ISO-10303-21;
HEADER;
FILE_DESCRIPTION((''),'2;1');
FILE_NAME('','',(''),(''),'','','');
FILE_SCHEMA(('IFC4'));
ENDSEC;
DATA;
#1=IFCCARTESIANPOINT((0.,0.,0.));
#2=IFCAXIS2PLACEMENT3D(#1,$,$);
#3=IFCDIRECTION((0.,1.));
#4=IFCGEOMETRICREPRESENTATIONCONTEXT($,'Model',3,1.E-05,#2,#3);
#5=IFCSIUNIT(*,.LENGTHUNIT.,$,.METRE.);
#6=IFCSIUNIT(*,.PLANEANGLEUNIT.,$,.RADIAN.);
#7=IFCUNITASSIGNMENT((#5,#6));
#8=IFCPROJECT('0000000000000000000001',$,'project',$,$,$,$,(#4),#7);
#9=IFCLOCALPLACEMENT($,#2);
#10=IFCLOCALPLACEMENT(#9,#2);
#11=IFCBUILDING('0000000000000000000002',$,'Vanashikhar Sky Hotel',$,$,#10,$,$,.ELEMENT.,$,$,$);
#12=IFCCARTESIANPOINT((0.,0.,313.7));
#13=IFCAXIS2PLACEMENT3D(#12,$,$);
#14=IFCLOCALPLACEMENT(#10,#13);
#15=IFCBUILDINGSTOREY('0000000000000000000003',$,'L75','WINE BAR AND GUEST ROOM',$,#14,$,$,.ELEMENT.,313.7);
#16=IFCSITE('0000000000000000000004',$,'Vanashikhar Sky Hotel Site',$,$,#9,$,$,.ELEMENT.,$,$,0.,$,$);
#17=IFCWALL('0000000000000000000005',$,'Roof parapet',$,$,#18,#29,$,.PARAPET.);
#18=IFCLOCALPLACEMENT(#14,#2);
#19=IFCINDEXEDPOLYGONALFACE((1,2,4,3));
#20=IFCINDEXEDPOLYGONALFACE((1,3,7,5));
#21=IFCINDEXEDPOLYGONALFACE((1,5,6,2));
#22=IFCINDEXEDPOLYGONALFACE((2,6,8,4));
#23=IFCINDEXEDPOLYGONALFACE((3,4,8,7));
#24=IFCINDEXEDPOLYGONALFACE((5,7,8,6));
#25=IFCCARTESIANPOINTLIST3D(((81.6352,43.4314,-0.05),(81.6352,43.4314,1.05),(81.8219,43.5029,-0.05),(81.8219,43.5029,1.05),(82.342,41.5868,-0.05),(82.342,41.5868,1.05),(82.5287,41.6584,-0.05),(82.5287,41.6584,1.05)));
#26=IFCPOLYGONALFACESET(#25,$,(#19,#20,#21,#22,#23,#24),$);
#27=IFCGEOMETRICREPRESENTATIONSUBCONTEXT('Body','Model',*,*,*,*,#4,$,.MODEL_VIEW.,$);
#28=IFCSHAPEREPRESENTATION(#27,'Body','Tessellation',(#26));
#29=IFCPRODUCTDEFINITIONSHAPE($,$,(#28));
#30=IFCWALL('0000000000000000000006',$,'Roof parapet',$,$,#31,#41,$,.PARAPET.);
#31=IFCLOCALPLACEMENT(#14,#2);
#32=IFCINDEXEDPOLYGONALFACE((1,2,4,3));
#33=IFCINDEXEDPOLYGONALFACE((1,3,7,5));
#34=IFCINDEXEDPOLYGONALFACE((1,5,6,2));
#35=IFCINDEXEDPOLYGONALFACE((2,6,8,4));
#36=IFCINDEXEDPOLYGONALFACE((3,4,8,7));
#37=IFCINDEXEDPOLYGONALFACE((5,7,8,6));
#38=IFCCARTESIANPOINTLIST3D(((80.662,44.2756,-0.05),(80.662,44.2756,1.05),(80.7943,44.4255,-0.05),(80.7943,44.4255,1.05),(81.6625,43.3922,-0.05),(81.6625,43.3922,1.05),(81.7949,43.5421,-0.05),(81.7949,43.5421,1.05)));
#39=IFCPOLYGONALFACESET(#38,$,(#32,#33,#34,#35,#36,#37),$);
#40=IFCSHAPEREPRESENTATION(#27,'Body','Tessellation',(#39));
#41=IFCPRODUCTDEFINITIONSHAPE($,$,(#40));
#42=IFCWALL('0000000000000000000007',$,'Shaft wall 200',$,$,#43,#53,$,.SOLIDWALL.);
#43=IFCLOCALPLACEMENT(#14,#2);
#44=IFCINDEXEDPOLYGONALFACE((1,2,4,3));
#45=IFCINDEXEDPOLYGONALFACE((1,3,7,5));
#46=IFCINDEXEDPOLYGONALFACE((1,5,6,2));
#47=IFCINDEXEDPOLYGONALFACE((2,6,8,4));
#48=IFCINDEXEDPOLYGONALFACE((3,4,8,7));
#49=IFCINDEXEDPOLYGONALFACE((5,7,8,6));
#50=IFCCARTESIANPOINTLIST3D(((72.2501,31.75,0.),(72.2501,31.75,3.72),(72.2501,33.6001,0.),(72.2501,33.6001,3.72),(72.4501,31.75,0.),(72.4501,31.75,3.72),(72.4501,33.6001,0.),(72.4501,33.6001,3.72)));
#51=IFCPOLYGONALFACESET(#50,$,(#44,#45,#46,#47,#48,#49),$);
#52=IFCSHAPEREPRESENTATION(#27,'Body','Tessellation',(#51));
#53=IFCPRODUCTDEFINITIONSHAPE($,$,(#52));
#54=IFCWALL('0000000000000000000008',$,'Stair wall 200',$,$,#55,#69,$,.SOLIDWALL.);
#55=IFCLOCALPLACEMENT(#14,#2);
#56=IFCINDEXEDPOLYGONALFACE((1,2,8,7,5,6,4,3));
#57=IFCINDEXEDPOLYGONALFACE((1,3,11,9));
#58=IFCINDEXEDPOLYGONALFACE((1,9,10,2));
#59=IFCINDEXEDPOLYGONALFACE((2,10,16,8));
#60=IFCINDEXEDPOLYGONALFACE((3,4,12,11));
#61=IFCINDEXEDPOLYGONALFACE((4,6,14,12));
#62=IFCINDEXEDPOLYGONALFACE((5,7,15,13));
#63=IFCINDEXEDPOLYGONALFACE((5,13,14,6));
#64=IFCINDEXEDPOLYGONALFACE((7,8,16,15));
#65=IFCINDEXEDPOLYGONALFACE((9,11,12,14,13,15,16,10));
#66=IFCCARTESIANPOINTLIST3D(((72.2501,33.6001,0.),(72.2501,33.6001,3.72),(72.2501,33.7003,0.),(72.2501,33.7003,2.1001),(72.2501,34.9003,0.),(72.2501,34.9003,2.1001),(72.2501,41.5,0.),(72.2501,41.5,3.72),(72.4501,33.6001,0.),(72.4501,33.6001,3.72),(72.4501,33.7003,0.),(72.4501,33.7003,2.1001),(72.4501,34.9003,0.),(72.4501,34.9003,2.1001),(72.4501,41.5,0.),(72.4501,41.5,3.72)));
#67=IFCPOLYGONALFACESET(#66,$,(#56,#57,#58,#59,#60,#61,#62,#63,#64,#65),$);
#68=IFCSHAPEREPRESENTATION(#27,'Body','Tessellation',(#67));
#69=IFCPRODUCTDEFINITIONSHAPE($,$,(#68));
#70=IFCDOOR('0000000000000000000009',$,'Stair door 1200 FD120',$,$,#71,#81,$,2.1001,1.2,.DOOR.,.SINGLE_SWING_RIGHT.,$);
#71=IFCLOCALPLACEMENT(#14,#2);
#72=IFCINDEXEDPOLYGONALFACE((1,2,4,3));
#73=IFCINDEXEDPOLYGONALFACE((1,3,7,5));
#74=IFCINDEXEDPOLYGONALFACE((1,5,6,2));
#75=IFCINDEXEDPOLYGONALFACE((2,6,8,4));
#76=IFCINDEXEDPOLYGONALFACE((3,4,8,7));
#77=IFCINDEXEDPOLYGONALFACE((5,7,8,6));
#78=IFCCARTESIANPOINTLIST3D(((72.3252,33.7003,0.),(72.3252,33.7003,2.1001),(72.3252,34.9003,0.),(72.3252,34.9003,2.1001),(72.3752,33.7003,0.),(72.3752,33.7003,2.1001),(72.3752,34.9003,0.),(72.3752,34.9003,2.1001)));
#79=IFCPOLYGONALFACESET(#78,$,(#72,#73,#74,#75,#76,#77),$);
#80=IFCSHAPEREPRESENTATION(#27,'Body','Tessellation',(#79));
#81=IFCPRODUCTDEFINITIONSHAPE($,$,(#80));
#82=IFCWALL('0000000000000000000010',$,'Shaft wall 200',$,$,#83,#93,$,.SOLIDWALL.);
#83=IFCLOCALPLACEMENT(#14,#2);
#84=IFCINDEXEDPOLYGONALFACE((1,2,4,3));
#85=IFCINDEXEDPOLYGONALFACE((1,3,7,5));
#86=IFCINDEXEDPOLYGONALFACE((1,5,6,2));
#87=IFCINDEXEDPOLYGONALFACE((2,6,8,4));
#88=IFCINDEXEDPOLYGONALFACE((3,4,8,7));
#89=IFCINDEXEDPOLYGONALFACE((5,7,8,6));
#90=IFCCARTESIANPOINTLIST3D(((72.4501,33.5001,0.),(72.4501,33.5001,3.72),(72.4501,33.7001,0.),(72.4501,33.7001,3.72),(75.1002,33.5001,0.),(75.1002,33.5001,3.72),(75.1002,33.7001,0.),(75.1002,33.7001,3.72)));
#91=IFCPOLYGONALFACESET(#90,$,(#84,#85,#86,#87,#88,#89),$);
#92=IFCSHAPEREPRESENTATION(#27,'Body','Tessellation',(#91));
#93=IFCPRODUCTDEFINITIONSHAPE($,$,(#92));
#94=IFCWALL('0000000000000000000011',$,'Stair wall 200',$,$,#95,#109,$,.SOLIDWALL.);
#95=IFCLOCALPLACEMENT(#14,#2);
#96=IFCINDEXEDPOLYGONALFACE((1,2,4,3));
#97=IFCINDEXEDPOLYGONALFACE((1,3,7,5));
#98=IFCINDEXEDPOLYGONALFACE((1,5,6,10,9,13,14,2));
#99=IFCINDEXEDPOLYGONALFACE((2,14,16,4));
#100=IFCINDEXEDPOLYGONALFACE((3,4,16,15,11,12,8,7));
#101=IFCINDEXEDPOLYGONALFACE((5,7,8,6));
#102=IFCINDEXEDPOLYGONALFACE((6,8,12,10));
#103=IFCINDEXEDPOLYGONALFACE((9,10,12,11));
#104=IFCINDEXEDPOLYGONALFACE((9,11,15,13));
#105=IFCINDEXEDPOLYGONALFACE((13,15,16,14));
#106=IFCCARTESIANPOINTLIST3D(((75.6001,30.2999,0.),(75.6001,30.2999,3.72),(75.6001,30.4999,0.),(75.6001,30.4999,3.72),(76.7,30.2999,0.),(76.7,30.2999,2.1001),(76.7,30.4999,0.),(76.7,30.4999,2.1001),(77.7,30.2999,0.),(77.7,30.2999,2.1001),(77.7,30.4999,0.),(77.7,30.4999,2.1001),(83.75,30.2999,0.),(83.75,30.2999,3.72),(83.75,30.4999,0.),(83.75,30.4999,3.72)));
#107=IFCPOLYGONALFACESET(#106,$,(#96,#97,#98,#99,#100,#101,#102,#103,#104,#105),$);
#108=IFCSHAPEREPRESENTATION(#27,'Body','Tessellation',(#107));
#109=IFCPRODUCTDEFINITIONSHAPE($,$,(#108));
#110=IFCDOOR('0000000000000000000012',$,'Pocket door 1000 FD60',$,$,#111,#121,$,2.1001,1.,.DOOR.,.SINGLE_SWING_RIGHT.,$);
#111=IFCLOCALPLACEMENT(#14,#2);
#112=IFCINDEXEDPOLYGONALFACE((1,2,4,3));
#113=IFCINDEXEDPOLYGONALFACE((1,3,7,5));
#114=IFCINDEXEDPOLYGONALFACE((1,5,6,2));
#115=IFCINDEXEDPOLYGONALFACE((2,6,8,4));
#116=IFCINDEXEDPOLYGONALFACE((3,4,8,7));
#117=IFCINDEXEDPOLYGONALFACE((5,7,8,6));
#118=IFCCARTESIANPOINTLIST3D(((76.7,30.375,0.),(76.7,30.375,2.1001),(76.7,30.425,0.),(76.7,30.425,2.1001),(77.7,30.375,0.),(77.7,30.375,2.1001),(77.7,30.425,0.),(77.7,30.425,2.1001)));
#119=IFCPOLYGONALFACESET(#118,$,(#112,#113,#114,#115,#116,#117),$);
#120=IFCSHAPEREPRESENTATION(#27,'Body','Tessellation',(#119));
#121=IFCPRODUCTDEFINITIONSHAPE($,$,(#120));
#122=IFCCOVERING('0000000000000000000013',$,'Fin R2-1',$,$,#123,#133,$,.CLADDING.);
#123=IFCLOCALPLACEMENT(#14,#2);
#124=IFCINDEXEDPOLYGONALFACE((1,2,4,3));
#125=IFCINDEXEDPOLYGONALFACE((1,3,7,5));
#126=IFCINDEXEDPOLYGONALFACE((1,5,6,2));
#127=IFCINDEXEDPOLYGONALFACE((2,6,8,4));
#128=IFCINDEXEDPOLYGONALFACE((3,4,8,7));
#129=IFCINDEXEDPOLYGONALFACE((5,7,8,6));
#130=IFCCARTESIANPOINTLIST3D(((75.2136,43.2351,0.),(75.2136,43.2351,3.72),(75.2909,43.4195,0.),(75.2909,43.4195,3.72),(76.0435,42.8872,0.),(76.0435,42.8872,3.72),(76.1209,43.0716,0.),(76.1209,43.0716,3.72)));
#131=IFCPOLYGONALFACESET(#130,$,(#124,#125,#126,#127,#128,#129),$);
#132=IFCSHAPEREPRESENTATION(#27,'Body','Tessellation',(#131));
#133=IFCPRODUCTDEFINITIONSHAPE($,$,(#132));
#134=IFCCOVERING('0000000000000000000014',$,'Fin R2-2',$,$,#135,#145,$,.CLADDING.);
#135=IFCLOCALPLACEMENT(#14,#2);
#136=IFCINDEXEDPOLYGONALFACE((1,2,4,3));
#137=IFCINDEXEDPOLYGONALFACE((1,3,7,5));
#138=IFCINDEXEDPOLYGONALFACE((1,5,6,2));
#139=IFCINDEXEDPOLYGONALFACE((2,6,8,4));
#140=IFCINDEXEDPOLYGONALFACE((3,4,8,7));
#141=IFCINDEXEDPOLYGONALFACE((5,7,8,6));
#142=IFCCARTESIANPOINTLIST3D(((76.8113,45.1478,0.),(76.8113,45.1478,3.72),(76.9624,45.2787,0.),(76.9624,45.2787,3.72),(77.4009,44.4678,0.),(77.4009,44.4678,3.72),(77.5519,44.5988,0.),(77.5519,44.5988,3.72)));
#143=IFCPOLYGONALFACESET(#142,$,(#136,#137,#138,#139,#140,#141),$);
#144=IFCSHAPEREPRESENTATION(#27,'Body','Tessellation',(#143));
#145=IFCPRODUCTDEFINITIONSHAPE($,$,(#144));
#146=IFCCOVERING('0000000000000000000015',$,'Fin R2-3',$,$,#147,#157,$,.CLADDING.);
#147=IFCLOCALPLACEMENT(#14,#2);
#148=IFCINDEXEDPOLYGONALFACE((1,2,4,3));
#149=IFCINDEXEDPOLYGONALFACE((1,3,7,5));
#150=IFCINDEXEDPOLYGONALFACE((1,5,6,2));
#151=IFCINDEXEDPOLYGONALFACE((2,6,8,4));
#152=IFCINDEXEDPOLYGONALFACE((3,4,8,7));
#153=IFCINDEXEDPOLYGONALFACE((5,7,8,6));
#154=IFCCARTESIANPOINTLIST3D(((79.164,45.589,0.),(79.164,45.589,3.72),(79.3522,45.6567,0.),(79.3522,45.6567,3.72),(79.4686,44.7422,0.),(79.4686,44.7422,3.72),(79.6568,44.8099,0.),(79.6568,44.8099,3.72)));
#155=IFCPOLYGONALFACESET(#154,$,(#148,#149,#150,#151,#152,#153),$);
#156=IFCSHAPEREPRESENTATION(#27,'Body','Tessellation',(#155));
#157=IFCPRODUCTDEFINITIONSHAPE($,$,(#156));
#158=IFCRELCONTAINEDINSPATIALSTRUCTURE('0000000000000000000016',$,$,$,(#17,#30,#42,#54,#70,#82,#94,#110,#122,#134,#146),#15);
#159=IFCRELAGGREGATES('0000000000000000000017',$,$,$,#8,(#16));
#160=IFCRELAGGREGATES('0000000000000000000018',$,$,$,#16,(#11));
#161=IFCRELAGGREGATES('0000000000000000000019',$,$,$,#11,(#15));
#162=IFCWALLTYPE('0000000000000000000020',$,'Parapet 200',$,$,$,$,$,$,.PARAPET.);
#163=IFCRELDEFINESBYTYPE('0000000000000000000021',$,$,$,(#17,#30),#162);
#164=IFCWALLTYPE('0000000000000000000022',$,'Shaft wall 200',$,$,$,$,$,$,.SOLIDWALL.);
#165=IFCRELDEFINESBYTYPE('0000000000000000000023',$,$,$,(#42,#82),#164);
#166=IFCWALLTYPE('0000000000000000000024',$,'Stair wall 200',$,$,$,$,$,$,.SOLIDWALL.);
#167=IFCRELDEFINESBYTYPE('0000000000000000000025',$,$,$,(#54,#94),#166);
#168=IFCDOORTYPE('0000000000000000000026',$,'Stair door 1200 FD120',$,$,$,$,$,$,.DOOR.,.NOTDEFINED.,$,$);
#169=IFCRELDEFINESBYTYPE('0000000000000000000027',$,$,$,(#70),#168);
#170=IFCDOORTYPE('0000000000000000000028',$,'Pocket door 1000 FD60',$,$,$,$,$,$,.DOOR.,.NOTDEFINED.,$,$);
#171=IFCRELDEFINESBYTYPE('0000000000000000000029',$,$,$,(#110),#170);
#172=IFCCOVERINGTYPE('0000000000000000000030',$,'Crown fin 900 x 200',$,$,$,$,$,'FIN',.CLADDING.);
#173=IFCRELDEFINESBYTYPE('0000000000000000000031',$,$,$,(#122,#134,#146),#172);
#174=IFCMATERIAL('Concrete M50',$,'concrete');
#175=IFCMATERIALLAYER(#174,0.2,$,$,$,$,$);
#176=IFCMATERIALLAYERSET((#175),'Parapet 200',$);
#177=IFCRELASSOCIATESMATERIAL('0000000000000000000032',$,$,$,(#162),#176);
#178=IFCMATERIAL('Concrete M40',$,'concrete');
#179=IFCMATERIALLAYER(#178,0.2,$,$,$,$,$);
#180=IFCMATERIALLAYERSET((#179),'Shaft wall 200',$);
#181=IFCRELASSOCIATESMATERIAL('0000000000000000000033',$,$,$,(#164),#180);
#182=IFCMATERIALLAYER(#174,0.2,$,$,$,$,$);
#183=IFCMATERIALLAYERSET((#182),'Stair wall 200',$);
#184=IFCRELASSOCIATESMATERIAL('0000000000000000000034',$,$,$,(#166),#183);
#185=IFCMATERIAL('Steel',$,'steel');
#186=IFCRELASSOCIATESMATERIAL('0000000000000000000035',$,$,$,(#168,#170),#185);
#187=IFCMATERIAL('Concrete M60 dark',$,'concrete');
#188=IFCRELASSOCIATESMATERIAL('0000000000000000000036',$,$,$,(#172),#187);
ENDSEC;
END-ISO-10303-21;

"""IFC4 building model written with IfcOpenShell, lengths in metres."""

from ifc_helpers import new_model, si_unit, direction, frame, frame_2d, origin, origin_2d, place, context, subcontext, project, spatial, rectangle, extrude, source, transform, mapped, material, layer, layer_set, material_profile, profile_set, type_object, element, fill, save


model = new_model("IFC4")

# Units and contexts
model_context = context("Model", 3, precision=1e-05, world=origin(), true_north=direction((0.0, 1.0)))
body_context = subcontext(model_context, "Body", "Model", "MODEL_VIEW")
ifc_project = project(units=[si_unit("LENGTHUNIT", "METRE"), si_unit("PLANEANGLEUNIT", "RADIAN")], contexts=[model_context])

# Site, building, storey
site_placement = place(None, origin())
site = spatial("IfcSite", under=ifc_project, at=site_placement, Name="Vanashikhar Sky Hotel Site", CompositionType="ELEMENT", RefElevation=0.0)
building_placement = place(site_placement, origin())
building = spatial("IfcBuilding", under=site, at=building_placement, Name="Vanashikhar Sky Hotel", CompositionType="ELEMENT")
storey_placement = place(building_placement, frame((0.0, 0.0, 313.7)))
storey = spatial("IfcBuildingStorey", under=building, at=storey_placement, Name="L75", Description="WINE BAR AND GUEST ROOM", CompositionType="ELEMENT", Elevation=313.7)

# Shared definitions
ifc_material_1 = material(Name="Concrete M50", Category="concrete")

# Walls
ifc_layer_1 = layer(ifc_material_1, 0.2)
ifc_layer_set_1 = layer_set([ifc_layer_1], Name="Parapet 200")
wall_type_1 = type_object("IfcWallType", Name="Parapet 200", PredefinedType="PARAPET", material=ifc_layer_set_1)
shared_shape_1 = source(origin(), body_context, "Body", "SweptSolid", [
    extrude(rectangle(XDim=1.9753, YDim=0.2, at=frame_2d((0.9878, 0.0))), origin(), (0.0, 0.0, 1.0), 1.1001),
])
wall_1_placement = place(storey_placement, frame((81.7285, 43.4673, -0.05), z_axis=(0.0, 0.0, 1.0), x_axis=(0.357819, -0.933791, 0.0)))
element("IfcWall", 1, at=wall_1_placement, inside=storey, type_object=wall_type_1, Name="Roof parapet", PredefinedType="PARAPET", context=body_context, shape_type="MappedRepresentation", body=[
    mapped(shared_shape_1, transform((0.0, 0.0, 0.0), scale=1.0)),
])
shared_shape_2 = source(origin(), body_context, "Body", "SweptSolid", [
    extrude(rectangle(XDim=1.3347, YDim=0.2, at=frame_2d((0.6675, 0.0))), origin(), (0.0, 0.0, 1.0), 1.1001),
])
wall_2_placement = place(storey_placement, frame((80.728, 44.3506, -0.05), z_axis=(0.0, 0.0, 1.0), x_axis=(0.749646, -0.661839, 0.0)))
element("IfcWall", 2, at=wall_2_placement, inside=storey, type_object=wall_type_1, Name="Roof parapet", PredefinedType="PARAPET", context=body_context, shape_type="MappedRepresentation", body=[
    mapped(shared_shape_2, transform((0.0, 0.0, 0.0), scale=1.0)),
])
ifc_material_2 = material(Name="Concrete M40", Category="concrete")
ifc_layer_2 = layer(ifc_material_2, 0.2)
ifc_layer_set_2 = layer_set([ifc_layer_2], Name="Shaft wall 200")
wall_type_2 = type_object("IfcWallType", Name="Shaft wall 200", PredefinedType="SOLIDWALL", material=ifc_layer_set_2)
shared_shape_3 = source(origin(), body_context, "Body", "SweptSolid", [
    extrude(rectangle(XDim=1.8501, YDim=0.2, at=frame_2d((0.925, 0.0))), origin(), (0.0, 0.0, 1.0), 3.72),
])
wall_3_placement = place(storey_placement, frame((72.3501, 31.75, 0.0), z_axis=(0.0, 0.0, 1.0), x_axis=(0.0, 1.0, 0.0)))
element("IfcWall", 3, at=wall_3_placement, inside=storey, type_object=wall_type_2, Name="Shaft wall 200", PredefinedType="SOLIDWALL", context=body_context, shape_type="MappedRepresentation", body=[
    mapped(shared_shape_3, transform((0.0, 0.0, 0.0), scale=1.0)),
])

# Wall, opening, door
ifc_layer_3 = layer(ifc_material_1, 0.2)
ifc_layer_set_3 = layer_set([ifc_layer_3], Name="Stair wall 200")
wall_type_3 = type_object("IfcWallType", Name="Stair wall 200", PredefinedType="SOLIDWALL", material=ifc_layer_set_3)
shared_shape_4 = source(origin(), body_context, "Body", "SweptSolid", [
    extrude(rectangle(XDim=7.8999, YDim=0.2, at=frame_2d((3.95, 0.0))), origin(), (0.0, 0.0, 1.0), 3.72),
])
wall_4_placement = place(storey_placement, frame((72.3501, 33.6001, 0.0), z_axis=(0.0, 0.0, 1.0), x_axis=(0.0, 1.0, 0.0)))
wall_4 = element("IfcWall", 4, at=wall_4_placement, inside=storey, type_object=wall_type_3, Name="Stair wall 200", PredefinedType="SOLIDWALL", context=body_context, shape_type="MappedRepresentation", body=[
    mapped(shared_shape_4, transform((0.0, 0.0, 0.0), scale=1.0)),
])
shared_shape_5 = source(origin(), body_context, "Body", "SweptSolid", [
    extrude(rectangle(XDim=1.2, YDim=2.1001, at=frame_2d((0.6001, 1.05))), frame((0.0, 0.1099, 0.0), z_axis=(0.0, -1.0, 0.0), x_axis=(1.0, 0.0, 0.0)), (0.0, 0.0, 1.0), 0.22),
])
opening_1_placement = place(wall_4_placement, frame((0.1001, 0.0, 0.0)))
opening_1 = element("IfcOpeningElement", 5, at=opening_1_placement, cuts=wall_4, PredefinedType="OPENING", context=body_context, shape_type="MappedRepresentation", body=[
    mapped(shared_shape_5, transform((0.0, 0.0, 0.0), scale=1.0)),
])
ifc_material_3 = material(Name="Steel", Category="steel")
door_type_1 = type_object("IfcDoorType", Name="Stair door 1200 FD120", OperationType="NOTDEFINED", PredefinedType="DOOR", material=ifc_material_3)
shared_shape_6 = source(origin(), body_context, "Body", "SweptSolid", [
    extrude(rectangle(XDim=1.2, YDim=2.1001, at=frame_2d((0.6001, 1.05))), frame((0.0, 0.0249, 0.0), z_axis=(0.0, -1.0, 0.0), x_axis=(1.0, 0.0, 0.0)), (0.0, 0.0, 1.0), 0.05),
])
door_1_placement = place(opening_1_placement, origin())
door_1 = element("IfcDoor", 6, at=door_1_placement, inside=storey, type_object=door_type_1, Name="Stair door 1200 FD120", OperationType="SINGLE_SWING_RIGHT", OverallHeight=2.1001, OverallWidth=1.2, PredefinedType="DOOR", context=body_context, shape_type="MappedRepresentation", body=[
    mapped(shared_shape_6, transform((0.0, 0.0, 0.0), scale=1.0)),
])
fill(opening_1, door_1)

# Wall
shared_shape_7 = source(origin(), body_context, "Body", "SweptSolid", [
    extrude(rectangle(XDim=2.6501, YDim=0.2, at=frame_2d((1.3252, 0.0))), origin(), (0.0, 0.0, 1.0), 3.72),
])
wall_5_placement = place(storey_placement, frame((72.45, 33.6001, 0.0), z_axis=(0.0, 0.0, 1.0), x_axis=(1.0, 0.0, 0.0)))
element("IfcWall", 7, at=wall_5_placement, inside=storey, type_object=wall_type_2, Name="Shaft wall 200", PredefinedType="SOLIDWALL", context=body_context, shape_type="MappedRepresentation", body=[
    mapped(shared_shape_7, transform((0.0, 0.0, 0.0), scale=1.0)),
])

# Wall, opening, door
shared_shape_8 = source(origin(), body_context, "Body", "SweptSolid", [
    extrude(rectangle(XDim=8.1499, YDim=0.2, at=frame_2d((4.075, 0.0))), origin(), (0.0, 0.0, 1.0), 3.72),
])
wall_6_placement = place(storey_placement, frame((83.75, 30.3999, 0.0), z_axis=(0.0, 0.0, 1.0), x_axis=(-1.0, 0.0, 0.0)))
wall_6 = element("IfcWall", 8, at=wall_6_placement, inside=storey, type_object=wall_type_3, Name="Stair wall 200", PredefinedType="SOLIDWALL", context=body_context, shape_type="MappedRepresentation", body=[
    mapped(shared_shape_8, transform((0.0, 0.0, 0.0), scale=1.0)),
])
shared_shape_9 = source(origin(), body_context, "Body", "SweptSolid", [
    extrude(rectangle(XDim=1.0, YDim=2.1001, at=frame_2d((0.5, 1.05))), frame((0.0, 0.1099, 0.0), z_axis=(0.0, -1.0, 0.0), x_axis=(1.0, 0.0, 0.0)), (0.0, 0.0, 1.0), 0.22),
])
opening_2_placement = place(wall_6_placement, frame((6.05, 0.0, 0.0)))
opening_2 = element("IfcOpeningElement", 9, at=opening_2_placement, cuts=wall_6, PredefinedType="OPENING", context=body_context, shape_type="MappedRepresentation", body=[
    mapped(shared_shape_9, transform((0.0, 0.0, 0.0), scale=1.0)),
])
door_type_2 = type_object("IfcDoorType", Name="Pocket door 1000 FD60", OperationType="NOTDEFINED", PredefinedType="DOOR", material=ifc_material_3)
shared_shape_10 = source(origin(), body_context, "Body", "SweptSolid", [
    extrude(rectangle(XDim=1.0, YDim=2.1001, at=frame_2d((0.5, 1.05))), frame((0.0, 0.0249, 0.0), z_axis=(0.0, -1.0, 0.0), x_axis=(1.0, 0.0, 0.0)), (0.0, 0.0, 1.0), 0.05),
])
door_2_placement = place(opening_2_placement, origin())
door_2 = element("IfcDoor", 10, at=door_2_placement, inside=storey, type_object=door_type_2, Name="Pocket door 1000 FD60", OperationType="SINGLE_SWING_RIGHT", OverallHeight=2.1001, OverallWidth=1.0, PredefinedType="DOOR", context=body_context, shape_type="MappedRepresentation", body=[
    mapped(shared_shape_10, transform((0.0, 0.0, 0.0), scale=1.0)),
])
fill(opening_2, door_2)

# Coverings
ifc_material_4 = material(Name="Concrete M60 dark", Category="concrete")
ifc_material_profile = material_profile(ifc_material_4, rectangle(XDim=0.8999, YDim=0.2, at=origin_2d()))
ifc_profile_set = profile_set([ifc_material_profile], Name="Crown fin 900 x 200")
covering_type = type_object("IfcCoveringType", Name="Crown fin 900 x 200", ElementType="FIN", PredefinedType="CLADDING", material=ifc_profile_set)
shared_shape_11 = source(origin(), body_context, "Body", "SweptSolid", [
    extrude(rectangle(XDim=0.8999, YDim=0.2, at=origin_2d()), origin(), (0.0, 0.0, 1.0), 3.72),
])
for number, where, z_axis, x_axis, name in (
    (11, (75.6672, 43.1533, 0.0), (0.0, 0.0, 1.0), (-0.922235, 0.38663, 0.0), "Fin R2-1"),
    (12, (77.1816, 44.8733, 0.0), (0.0, 0.0, 1.0), (-0.655084, 0.755556, 0.0), "Fin R2-2"),
    (13, (79.4104, 45.1995, 0.0), (0.0, 0.0, 1.0), (-0.338426, 0.940993, 0.0), "Fin R2-3"),
):
    element("IfcCovering", number, at=place(storey_placement, frame(where, z_axis=z_axis, x_axis=x_axis)), inside=storey, type_object=covering_type, Name=name, PredefinedType="CLADDING", context=body_context, shape_type="MappedRepresentation", body=[
        mapped(shared_shape_11, transform((0.0, 0.0, 0.0), scale=1.0)),
    ])

save(model, "model.ifc")
